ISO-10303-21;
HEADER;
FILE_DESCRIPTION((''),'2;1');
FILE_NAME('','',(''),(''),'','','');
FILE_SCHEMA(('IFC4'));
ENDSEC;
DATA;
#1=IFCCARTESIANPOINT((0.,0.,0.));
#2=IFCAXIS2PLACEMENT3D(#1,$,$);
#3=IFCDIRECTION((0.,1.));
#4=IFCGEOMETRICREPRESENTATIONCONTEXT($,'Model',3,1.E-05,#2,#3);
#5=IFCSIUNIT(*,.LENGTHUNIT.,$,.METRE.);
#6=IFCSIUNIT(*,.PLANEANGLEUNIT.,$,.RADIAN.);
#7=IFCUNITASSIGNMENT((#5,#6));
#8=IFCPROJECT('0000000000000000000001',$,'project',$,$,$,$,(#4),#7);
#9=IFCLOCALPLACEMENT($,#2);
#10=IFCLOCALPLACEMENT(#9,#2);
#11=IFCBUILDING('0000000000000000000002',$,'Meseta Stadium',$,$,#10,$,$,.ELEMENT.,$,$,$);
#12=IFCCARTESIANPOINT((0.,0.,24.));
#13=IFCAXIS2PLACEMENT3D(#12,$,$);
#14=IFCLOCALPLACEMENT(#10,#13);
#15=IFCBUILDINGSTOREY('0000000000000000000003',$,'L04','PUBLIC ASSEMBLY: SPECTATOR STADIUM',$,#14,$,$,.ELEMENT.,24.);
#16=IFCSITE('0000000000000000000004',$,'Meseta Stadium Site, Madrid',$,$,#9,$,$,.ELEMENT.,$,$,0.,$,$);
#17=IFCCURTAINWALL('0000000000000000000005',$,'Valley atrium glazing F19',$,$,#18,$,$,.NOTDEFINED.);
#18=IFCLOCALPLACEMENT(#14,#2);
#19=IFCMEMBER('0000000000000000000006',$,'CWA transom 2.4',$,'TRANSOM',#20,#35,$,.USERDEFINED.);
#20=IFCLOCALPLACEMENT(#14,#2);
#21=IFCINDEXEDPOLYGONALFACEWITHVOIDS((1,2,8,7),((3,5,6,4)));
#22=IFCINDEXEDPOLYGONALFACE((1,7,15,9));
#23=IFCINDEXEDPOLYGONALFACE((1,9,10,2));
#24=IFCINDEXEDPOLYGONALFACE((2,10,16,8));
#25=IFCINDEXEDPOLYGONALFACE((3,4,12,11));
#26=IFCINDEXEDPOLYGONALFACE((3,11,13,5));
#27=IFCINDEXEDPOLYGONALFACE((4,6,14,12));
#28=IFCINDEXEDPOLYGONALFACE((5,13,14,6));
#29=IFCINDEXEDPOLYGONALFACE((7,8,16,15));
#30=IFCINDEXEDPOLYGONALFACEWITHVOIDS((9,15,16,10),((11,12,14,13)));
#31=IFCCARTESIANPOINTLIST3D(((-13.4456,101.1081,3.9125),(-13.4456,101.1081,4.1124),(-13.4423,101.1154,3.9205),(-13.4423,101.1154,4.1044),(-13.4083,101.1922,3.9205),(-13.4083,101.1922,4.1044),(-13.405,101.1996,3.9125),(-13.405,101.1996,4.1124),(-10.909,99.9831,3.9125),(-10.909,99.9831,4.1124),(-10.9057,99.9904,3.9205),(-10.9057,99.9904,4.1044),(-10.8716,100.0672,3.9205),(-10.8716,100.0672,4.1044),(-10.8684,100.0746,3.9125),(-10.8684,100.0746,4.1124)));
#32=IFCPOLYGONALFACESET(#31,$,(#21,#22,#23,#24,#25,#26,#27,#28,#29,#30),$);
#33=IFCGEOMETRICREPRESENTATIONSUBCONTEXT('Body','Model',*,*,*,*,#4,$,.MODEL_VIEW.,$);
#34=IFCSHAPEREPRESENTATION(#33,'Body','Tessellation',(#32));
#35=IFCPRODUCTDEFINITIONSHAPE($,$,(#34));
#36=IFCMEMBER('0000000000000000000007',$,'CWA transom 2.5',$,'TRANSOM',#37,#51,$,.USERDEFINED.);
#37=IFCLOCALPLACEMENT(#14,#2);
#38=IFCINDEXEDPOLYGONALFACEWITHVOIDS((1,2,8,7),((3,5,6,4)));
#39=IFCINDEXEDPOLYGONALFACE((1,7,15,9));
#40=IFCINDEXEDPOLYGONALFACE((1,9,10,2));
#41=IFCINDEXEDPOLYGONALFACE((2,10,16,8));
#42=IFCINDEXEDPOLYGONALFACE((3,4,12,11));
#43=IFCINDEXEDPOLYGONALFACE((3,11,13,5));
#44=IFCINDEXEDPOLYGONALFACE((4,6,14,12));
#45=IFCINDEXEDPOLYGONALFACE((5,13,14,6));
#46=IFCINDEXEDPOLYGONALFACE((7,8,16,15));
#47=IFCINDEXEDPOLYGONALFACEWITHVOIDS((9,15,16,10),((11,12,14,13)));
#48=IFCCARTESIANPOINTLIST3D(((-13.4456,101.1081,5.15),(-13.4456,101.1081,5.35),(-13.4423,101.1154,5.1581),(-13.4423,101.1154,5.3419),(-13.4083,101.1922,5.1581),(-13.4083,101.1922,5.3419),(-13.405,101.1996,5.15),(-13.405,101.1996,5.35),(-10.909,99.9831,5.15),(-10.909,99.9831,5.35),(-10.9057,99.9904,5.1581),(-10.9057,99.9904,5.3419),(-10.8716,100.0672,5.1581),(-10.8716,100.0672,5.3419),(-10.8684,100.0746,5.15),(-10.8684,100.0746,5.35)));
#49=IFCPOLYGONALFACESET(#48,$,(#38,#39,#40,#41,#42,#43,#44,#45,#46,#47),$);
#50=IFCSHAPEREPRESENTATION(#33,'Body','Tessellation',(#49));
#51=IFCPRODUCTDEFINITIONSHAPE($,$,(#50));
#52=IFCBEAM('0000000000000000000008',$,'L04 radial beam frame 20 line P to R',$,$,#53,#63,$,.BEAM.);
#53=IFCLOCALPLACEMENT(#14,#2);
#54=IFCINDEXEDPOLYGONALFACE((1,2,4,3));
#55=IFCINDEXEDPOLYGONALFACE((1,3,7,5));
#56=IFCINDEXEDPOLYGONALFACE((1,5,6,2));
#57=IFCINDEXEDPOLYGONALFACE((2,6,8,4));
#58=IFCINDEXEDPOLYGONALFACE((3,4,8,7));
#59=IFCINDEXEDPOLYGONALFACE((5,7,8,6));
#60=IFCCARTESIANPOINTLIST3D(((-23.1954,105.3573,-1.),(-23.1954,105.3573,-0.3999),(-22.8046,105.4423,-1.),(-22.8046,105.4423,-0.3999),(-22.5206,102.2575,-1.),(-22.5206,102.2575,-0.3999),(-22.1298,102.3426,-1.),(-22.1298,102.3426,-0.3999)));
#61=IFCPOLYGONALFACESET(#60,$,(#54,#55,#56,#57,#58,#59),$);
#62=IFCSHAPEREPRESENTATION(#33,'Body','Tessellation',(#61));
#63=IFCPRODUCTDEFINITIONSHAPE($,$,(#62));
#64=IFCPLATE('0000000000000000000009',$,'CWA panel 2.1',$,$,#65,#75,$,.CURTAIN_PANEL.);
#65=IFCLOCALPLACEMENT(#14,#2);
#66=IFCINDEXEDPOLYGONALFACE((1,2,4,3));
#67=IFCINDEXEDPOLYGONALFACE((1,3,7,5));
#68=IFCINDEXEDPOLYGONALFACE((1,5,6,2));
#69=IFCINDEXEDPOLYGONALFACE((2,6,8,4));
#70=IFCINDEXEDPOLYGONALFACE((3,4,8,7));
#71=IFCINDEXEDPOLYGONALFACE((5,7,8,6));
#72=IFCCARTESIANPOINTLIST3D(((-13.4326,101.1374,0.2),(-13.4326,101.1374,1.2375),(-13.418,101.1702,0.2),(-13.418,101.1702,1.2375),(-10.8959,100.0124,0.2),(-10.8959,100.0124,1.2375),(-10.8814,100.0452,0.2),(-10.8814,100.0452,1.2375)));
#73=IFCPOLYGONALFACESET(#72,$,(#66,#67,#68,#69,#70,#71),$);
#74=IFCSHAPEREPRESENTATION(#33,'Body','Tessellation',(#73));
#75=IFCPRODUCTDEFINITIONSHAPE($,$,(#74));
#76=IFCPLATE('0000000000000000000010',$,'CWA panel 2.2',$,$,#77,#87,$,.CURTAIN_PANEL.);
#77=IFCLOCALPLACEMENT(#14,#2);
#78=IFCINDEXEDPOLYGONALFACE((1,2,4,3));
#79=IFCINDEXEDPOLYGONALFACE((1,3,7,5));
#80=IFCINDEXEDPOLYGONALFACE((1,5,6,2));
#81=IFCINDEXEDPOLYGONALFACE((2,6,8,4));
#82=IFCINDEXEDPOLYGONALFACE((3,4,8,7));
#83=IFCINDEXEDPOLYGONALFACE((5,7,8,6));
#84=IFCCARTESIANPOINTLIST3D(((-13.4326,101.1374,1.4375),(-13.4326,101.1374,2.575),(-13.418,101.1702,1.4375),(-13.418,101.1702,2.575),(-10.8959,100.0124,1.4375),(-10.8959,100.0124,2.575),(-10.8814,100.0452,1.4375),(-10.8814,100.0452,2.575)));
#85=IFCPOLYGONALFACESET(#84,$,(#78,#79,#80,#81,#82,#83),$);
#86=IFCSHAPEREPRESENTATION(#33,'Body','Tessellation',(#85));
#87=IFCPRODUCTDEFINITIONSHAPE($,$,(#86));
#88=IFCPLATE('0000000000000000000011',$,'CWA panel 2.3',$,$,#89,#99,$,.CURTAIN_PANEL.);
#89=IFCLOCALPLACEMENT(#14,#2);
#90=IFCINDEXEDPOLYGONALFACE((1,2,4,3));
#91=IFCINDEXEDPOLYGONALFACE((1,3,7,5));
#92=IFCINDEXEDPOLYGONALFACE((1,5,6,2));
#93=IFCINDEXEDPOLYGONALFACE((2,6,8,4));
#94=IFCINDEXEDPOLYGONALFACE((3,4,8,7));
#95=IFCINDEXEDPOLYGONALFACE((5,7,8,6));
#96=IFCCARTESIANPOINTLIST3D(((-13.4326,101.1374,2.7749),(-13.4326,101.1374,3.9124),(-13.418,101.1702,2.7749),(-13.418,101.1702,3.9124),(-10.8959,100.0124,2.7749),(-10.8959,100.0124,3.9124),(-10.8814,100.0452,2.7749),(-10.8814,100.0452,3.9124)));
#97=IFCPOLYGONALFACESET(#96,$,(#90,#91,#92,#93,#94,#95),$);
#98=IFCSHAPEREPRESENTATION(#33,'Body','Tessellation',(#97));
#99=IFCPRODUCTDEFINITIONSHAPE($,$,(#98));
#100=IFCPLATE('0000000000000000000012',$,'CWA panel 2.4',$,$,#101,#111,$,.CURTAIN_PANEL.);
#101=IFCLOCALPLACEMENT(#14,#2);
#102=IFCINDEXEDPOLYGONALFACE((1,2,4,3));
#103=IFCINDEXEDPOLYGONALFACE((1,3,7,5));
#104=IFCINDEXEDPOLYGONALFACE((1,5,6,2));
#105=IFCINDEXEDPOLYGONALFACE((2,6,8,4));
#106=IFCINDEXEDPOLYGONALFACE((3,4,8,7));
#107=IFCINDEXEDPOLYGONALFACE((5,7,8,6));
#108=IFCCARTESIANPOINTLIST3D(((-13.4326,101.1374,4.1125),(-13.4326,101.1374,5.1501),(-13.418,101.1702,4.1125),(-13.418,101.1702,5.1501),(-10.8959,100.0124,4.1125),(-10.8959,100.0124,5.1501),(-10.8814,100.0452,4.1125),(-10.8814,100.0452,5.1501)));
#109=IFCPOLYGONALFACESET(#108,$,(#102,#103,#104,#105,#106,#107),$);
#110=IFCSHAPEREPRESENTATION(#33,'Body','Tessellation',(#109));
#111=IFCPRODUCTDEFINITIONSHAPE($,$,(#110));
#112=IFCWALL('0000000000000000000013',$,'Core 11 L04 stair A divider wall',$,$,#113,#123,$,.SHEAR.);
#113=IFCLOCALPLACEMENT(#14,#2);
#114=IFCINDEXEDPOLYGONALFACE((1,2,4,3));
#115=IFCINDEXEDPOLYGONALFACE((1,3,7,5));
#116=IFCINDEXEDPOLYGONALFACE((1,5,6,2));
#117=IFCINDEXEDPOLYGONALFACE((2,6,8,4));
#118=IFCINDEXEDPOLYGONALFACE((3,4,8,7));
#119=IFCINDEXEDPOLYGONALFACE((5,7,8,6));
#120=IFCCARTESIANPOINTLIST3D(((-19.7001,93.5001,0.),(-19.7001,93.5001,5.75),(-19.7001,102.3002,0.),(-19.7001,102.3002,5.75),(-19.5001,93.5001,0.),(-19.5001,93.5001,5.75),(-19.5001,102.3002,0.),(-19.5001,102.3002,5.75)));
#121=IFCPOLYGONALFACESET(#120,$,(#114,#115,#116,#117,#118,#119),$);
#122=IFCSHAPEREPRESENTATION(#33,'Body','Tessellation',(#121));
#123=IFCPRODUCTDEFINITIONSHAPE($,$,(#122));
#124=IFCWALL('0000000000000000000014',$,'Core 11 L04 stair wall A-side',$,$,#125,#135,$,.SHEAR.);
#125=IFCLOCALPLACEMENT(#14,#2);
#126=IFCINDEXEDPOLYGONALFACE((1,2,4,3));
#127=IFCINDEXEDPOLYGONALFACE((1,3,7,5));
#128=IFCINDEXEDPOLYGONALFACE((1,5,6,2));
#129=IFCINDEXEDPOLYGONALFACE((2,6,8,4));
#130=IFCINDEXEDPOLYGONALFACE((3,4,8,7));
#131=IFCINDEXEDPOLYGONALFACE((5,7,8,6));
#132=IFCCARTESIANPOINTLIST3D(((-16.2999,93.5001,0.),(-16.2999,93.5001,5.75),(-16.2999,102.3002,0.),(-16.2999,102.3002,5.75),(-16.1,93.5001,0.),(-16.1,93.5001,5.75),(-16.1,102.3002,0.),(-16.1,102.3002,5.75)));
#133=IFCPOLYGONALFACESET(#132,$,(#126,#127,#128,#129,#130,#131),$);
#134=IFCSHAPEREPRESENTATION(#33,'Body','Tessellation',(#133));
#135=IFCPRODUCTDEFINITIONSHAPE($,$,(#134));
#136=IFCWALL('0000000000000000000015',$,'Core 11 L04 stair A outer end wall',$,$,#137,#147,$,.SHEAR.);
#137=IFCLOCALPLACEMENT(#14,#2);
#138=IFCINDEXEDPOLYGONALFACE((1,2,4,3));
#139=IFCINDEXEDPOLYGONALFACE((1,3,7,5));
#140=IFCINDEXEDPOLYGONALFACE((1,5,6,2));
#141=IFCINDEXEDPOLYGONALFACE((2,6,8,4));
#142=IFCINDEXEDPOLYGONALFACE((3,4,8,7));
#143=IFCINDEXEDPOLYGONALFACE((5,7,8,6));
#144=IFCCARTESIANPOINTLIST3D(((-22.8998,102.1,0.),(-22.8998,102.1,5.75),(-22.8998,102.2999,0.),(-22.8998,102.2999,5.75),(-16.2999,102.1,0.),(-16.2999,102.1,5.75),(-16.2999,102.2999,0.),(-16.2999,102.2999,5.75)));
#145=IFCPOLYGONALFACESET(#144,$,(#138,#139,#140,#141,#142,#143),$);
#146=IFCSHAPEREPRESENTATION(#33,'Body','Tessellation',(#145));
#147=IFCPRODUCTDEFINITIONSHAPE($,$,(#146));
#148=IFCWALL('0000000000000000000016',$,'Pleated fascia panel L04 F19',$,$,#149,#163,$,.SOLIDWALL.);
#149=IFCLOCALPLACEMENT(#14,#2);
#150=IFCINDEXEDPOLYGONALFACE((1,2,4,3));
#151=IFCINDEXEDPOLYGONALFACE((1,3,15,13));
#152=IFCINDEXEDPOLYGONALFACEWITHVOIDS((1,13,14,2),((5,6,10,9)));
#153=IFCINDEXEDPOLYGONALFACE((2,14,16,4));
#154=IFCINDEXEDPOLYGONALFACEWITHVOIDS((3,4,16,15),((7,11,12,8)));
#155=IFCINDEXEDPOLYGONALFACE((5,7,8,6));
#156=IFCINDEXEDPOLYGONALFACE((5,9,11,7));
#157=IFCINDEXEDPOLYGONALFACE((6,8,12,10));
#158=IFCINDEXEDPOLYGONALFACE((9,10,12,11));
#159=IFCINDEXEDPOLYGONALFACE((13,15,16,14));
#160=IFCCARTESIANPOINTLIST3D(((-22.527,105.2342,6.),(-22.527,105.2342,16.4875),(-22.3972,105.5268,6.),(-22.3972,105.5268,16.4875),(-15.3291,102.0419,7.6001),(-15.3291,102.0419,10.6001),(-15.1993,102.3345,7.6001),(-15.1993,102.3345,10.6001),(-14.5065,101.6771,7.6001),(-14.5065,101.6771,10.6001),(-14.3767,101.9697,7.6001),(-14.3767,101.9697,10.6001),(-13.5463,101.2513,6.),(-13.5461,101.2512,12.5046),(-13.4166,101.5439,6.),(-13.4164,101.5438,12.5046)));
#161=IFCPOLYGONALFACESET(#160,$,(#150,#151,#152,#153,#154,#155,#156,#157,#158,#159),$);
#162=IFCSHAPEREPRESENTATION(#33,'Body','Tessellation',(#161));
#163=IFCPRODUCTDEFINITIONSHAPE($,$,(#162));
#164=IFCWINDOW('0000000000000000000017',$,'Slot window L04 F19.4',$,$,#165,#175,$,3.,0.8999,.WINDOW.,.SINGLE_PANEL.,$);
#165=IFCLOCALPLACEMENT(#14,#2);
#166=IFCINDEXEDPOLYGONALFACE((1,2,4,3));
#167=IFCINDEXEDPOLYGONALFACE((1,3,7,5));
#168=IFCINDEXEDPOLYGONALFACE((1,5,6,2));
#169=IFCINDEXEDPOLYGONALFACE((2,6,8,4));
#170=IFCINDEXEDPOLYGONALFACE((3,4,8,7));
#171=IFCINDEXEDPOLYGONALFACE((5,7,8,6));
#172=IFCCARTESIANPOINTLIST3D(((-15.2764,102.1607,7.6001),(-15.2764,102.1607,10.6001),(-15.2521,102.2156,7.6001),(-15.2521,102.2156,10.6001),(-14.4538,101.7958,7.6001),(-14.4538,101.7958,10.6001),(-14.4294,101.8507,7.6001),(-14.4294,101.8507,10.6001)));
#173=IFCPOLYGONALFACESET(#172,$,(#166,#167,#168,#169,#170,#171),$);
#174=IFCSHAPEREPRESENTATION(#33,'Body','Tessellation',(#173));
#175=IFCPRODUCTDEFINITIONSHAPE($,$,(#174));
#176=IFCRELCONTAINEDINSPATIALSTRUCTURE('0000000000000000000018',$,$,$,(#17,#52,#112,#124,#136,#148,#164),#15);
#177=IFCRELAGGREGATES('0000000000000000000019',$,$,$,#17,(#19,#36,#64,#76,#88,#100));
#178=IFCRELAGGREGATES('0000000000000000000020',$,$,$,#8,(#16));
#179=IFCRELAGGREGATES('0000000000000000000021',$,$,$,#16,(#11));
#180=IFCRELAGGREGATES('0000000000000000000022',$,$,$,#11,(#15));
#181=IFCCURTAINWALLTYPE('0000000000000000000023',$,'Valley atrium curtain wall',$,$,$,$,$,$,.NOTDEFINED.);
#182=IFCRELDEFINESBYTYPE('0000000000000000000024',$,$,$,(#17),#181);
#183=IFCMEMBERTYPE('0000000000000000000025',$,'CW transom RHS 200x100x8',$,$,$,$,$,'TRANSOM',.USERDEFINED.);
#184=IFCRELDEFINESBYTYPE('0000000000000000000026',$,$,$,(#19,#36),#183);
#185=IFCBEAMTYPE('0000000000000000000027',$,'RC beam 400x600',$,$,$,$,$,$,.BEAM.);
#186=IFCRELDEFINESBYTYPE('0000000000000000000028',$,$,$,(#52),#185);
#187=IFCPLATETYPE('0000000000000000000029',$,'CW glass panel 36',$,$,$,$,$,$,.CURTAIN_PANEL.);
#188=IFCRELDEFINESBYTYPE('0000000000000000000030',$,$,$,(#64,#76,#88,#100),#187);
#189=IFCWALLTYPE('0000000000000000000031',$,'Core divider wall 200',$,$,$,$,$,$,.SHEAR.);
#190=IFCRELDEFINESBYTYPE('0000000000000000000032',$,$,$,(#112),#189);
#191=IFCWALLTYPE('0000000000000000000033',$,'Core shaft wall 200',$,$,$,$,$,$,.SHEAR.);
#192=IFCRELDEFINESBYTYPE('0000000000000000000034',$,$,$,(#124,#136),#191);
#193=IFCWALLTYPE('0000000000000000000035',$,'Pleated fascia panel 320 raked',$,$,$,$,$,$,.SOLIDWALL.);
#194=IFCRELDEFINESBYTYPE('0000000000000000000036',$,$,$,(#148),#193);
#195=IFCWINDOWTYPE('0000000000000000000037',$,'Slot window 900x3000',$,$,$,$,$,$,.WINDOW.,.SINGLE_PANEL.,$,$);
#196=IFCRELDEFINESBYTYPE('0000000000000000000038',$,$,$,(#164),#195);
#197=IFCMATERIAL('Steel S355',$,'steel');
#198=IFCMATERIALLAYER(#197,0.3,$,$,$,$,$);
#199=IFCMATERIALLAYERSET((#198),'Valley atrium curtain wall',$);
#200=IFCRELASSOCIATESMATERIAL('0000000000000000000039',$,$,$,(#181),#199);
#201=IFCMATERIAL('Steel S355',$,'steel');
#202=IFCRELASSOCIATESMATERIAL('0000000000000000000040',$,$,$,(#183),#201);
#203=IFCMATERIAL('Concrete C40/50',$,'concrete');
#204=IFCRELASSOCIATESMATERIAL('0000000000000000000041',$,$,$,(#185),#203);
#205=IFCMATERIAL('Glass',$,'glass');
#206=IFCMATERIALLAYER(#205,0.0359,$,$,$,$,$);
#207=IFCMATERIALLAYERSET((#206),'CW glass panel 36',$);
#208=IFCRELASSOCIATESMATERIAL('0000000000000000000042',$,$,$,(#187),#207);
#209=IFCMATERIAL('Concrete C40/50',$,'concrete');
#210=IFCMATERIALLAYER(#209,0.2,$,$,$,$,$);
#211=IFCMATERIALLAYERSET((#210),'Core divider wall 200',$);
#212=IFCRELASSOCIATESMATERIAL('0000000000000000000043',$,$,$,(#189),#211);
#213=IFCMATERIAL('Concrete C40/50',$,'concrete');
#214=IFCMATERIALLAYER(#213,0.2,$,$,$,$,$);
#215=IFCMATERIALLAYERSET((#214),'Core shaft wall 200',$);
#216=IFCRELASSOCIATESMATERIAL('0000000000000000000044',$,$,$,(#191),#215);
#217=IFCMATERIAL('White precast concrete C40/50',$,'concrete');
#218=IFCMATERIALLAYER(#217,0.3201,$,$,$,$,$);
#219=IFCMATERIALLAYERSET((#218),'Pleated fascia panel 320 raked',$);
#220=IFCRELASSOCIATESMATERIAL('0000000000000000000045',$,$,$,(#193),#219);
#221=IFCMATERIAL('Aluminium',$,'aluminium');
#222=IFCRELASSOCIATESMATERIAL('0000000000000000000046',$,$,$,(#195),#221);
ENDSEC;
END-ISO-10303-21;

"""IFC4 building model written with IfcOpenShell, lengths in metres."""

from ifc_helpers import new_model, si_unit, direction, frame, frame_2d, origin, origin_2d, place, context, subcontext, project, spatial, polyline, rectangle, hollow_rectangle, outline, extrude, material, layer, layer_set, material_profile, profile_set, type_object, element, fill, aggregate, save


model = new_model("IFC4")

# Units and contexts
model_context = context("Model", 3, precision=1e-05, world=origin(), true_north=direction((0.0, 1.0)))
body_context = subcontext(model_context, "Body", "Model", "MODEL_VIEW")
ifc_project = project(units=[si_unit("LENGTHUNIT", "METRE"), si_unit("PLANEANGLEUNIT", "RADIAN")], contexts=[model_context])

# Site, building, storey
site_placement = place(None, origin())
site = spatial("IfcSite", under=ifc_project, at=site_placement, Name="Meseta Stadium Site, Madrid", CompositionType="ELEMENT", RefElevation=0.0)
building_placement = place(site_placement, origin())
building = spatial("IfcBuilding", under=site, at=building_placement, Name="Meseta Stadium", CompositionType="ELEMENT")
storey_placement = place(building_placement, frame((0.0, 0.0, 24.0)))
storey = spatial("IfcBuildingStorey", under=building, at=storey_placement, Name="L04", Description="PUBLIC ASSEMBLY: SPECTATOR STADIUM", CompositionType="ELEMENT", Elevation=24.0)

# Curtain wall
ifc_material_1 = material(Name="Steel S355", Category="steel")
ifc_layer_1 = layer(ifc_material_1, 0.3)
ifc_layer_set_1 = layer_set([ifc_layer_1], Name="Valley atrium curtain wall")
curtain_wall_type_1 = type_object("IfcCurtainWallType", Name="Valley atrium curtain wall", PredefinedType="NOTDEFINED", material=ifc_layer_set_1)
curtain_wall_1_placement = place(storey_placement, origin())
curtain_wall_1 = element("IfcCurtainWall", 1, at=curtain_wall_1_placement, inside=storey, type_object=curtain_wall_type_1, Name="Valley atrium glazing F19", PredefinedType="NOTDEFINED")

# Members
ifc_material_2 = material(Name="Steel S355", Category="steel")
ifc_material_profile_1 = material_profile(ifc_material_2, hollow_rectangle(XDim=0.1001, YDim=0.2, WallThickness=0.0081, at=origin_2d()), Name="RHS 200x100x8")
ifc_profile_set_1 = profile_set([ifc_material_profile_1], Name="Steel S355")
member_type_1 = type_object("IfcMemberType", Name="CW transom RHS 200x100x8", ElementType="TRANSOM", PredefinedType="USERDEFINED", material=ifc_profile_set_1)
member_1_placement = place(storey_placement, frame((-10.8887, 100.0288, 4.0125), z_axis=(-0.914131, 0.40542, 0.0), x_axis=(-0.40542, -0.914131, 0.0)))
member_1 = element("IfcMember", 2, at=member_1_placement, type_object=member_type_1, Name="CWA transom 2.4", ObjectType="TRANSOM", PredefinedType="USERDEFINED", context=body_context, shape_type="SweptSolid", body=[
    extrude(hollow_rectangle(XDim=0.1001, YDim=0.2, WallThickness=0.0081, at=origin_2d()), origin(), (0.0, 0.0, 1.0), 2.7749),
])
member_2_placement = place(storey_placement, frame((-10.8887, 100.0288, 5.25), z_axis=(-0.914131, 0.40542, 0.0), x_axis=(-0.40542, -0.914131, 0.0)))
member_2 = element("IfcMember", 3, at=member_2_placement, type_object=member_type_1, Name="CWA transom 2.5", ObjectType="TRANSOM", PredefinedType="USERDEFINED", context=body_context, shape_type="SweptSolid", body=[
    extrude(hollow_rectangle(XDim=0.1001, YDim=0.2, WallThickness=0.0081, at=origin_2d()), origin(), (0.0, 0.0, 1.0), 2.7749),
])

# Beam
ifc_material_3 = material(Name="Concrete C40/50", Category="concrete")
ifc_material_profile_2 = material_profile(ifc_material_3, rectangle(XDim=0.3999, YDim=0.6001, at=origin_2d()), Name="RC 400x600")
ifc_profile_set_2 = profile_set([ifc_material_profile_2], Name="Concrete C40/50")
beam_type = type_object("IfcBeamType", Name="RC beam 400x600", PredefinedType="BEAM", material=ifc_profile_set_2)
beam_placement = place(storey_placement, frame((-22.3252, 102.3, -0.7), z_axis=(-0.212708, 0.977116, 0.0), x_axis=(-0.977116, -0.212708, 0.0)))
element("IfcBeam", 4, at=beam_placement, inside=storey, type_object=beam_type, Name="L04 radial beam frame 20 line P to R", PredefinedType="BEAM", context=body_context, shape_type="SweptSolid", body=[
    extrude(rectangle(XDim=0.3999, YDim=0.6001, at=origin_2d()), origin(), (0.0, 0.0, 1.0), 3.1724),
])

# Plates
ifc_material_4 = material(Name="Glass", Category="glass")
ifc_layer_2 = layer(ifc_material_4, 0.0359)
ifc_layer_set_2 = layer_set([ifc_layer_2], Name="CW glass panel 36")
plate_type = type_object("IfcPlateType", Name="CW glass panel 36", PredefinedType="CURTAIN_PANEL", material=ifc_layer_set_2)
plate_1_placement = place(storey_placement, frame((-12.157, 100.5913, 0.2), z_axis=(0.0, 0.0, 1.0), x_axis=(-0.914139, 0.405401, 0.0)))
plate_1 = element("IfcPlate", 5, at=plate_1_placement, type_object=plate_type, Name="CWA panel 2.1", PredefinedType="CURTAIN_PANEL", context=body_context, shape_type="SweptSolid", body=[
    extrude(rectangle(XDim=2.7749, YDim=0.0359, at=origin_2d()), origin(), (0.0, 0.0, 1.0), 1.0376),
])
plate_2_placement = place(storey_placement, frame((-12.157, 100.5913, 1.4375), z_axis=(0.0, 0.0, 1.0), x_axis=(-0.914139, 0.405401, 0.0)))
plate_2 = element("IfcPlate", 6, at=plate_2_placement, type_object=plate_type, Name="CWA panel 2.2", PredefinedType="CURTAIN_PANEL", context=body_context, shape_type="SweptSolid", body=[
    extrude(rectangle(XDim=2.7749, YDim=0.0359, at=origin_2d()), origin(), (0.0, 0.0, 1.0), 1.1375),
])
plate_3_placement = place(storey_placement, frame((-12.157, 100.5913, 2.7749), z_axis=(0.0, 0.0, 1.0), x_axis=(-0.914139, 0.405401, 0.0)))
plate_3 = element("IfcPlate", 7, at=plate_3_placement, type_object=plate_type, Name="CWA panel 2.3", PredefinedType="CURTAIN_PANEL", context=body_context, shape_type="SweptSolid", body=[
    extrude(rectangle(XDim=2.7749, YDim=0.0359, at=origin_2d()), origin(), (0.0, 0.0, 1.0), 1.1375),
])
plate_4_placement = place(storey_placement, frame((-12.157, 100.5913, 4.1125), z_axis=(0.0, 0.0, 1.0), x_axis=(-0.914139, 0.405401, 0.0)))
plate_4 = element("IfcPlate", 8, at=plate_4_placement, type_object=plate_type, Name="CWA panel 2.4", PredefinedType="CURTAIN_PANEL", context=body_context, shape_type="SweptSolid", body=[
    extrude(rectangle(XDim=2.7749, YDim=0.0359, at=origin_2d()), origin(), (0.0, 0.0, 1.0), 1.0376),
])
aggregate(curtain_wall_1, [member_1, member_2, plate_1, plate_2, plate_3, plate_4])

# Walls
ifc_material_5 = material(Name="Concrete C40/50", Category="concrete")
ifc_layer_3 = layer(ifc_material_5, 0.2)
ifc_layer_set_3 = layer_set([ifc_layer_3], Name="Core divider wall 200")
wall_type_1 = type_object("IfcWallType", Name="Core divider wall 200", PredefinedType="SHEAR", material=ifc_layer_set_3)
wall_1_placement = place(storey_placement, frame((-19.6001, 102.3, 0.0), z_axis=(0.0, 0.0, 1.0), x_axis=(0.0, -1.0, 0.0)))
element("IfcWall", 9, at=wall_1_placement, inside=storey, type_object=wall_type_1, Name="Core 11 L04 stair A divider wall", PredefinedType="SHEAR", context=body_context, shape_type="SweptSolid", body=[
    extrude(rectangle(XDim=8.8, YDim=0.2, at=frame_2d((4.3999, 0.0))), origin(), (0.0, 0.0, 1.0), 5.75),
])
ifc_material_6 = material(Name="Concrete C40/50", Category="concrete")
ifc_layer_4 = layer(ifc_material_6, 0.2)
ifc_layer_set_4 = layer_set([ifc_layer_4], Name="Core shaft wall 200")
wall_type_2 = type_object("IfcWallType", Name="Core shaft wall 200", PredefinedType="SHEAR", material=ifc_layer_set_4)
wall_2_placement = place(storey_placement, frame((-16.2, 102.3, 0.0), z_axis=(0.0, 0.0, 1.0), x_axis=(0.0, -1.0, 0.0)))
element("IfcWall", 10, at=wall_2_placement, inside=storey, type_object=wall_type_2, Name="Core 11 L04 stair wall A-side", PredefinedType="SHEAR", context=body_context, shape_type="SweptSolid", body=[
    extrude(rectangle(XDim=8.8, YDim=0.2, at=frame_2d((4.3999, 0.0))), origin(), (0.0, 0.0, 1.0), 5.75),
])
wall_3_placement = place(storey_placement, frame((-16.3, 102.2, 0.0), z_axis=(0.0, 0.0, 1.0), x_axis=(-1.0, 0.0, 0.0)))
element("IfcWall", 11, at=wall_3_placement, inside=storey, type_object=wall_type_2, Name="Core 11 L04 stair A outer end wall", PredefinedType="SHEAR", context=body_context, shape_type="SweptSolid", body=[
    extrude(rectangle(XDim=6.5999, YDim=0.2, at=frame_2d((3.2998, 0.0))), origin(), (0.0, 0.0, 1.0), 5.75),
])

# Wall, opening, window
ifc_material_7 = material(Name="White precast concrete C40/50", Category="concrete")
ifc_layer_5 = layer(ifc_material_7, 0.3201)
ifc_layer_set_5 = layer_set([ifc_layer_5], Name="Pleated fascia panel 320 raked")
wall_type_3 = type_object("IfcWallType", Name="Pleated fascia panel 320 raked", PredefinedType="SOLIDWALL", material=ifc_layer_set_5)
wall_4_placement = place(storey_placement, frame((-22.4622, 105.3804, 6.0), z_axis=(0.0, 0.0, 1.0), x_axis=(0.914133, -0.405414, 0.0)))
wall_4 = element("IfcWall", 12, at=wall_4_placement, inside=storey, type_object=wall_type_3, Name="Pleated fascia panel L04 F19", PredefinedType="SOLIDWALL", context=body_context, shape_type="SweptSolid", body=[
    extrude(outline(polyline([(0.0, 0.0), (9.8242, 0.0), (9.8245, 6.5046), (0.0, 10.4875), (0.0, 0.0)])), frame((0.0, 0.1602, 0.0), z_axis=(0.0, -1.0, 0.0), x_axis=(1.0, 0.0, 0.0)), (0.0, 0.0, 1.0), 0.3201),
])
opening_placement = place(wall_4_placement, frame((7.874, 0.0, 1.6001)))
opening = element("IfcOpeningElement", 13, at=opening_placement, cuts=wall_4, PredefinedType="OPENING", context=body_context, shape_type="SweptSolid", body=[
    extrude(rectangle(XDim=0.8999, YDim=3.0, at=frame_2d((0.45, 1.5))), frame((0.0, 0.1699, 0.0), z_axis=(0.0, -1.0, 0.0), x_axis=(1.0, 0.0, 0.0)), (0.0, 0.0, 1.0), 0.3401),
])
ifc_material_8 = material(Name="Aluminium", Category="aluminium")
window_type = type_object("IfcWindowType", Name="Slot window 900x3000", PartitioningType="SINGLE_PANEL", PredefinedType="WINDOW", material=ifc_material_8)
window_placement = place(opening_placement, origin())
window = element("IfcWindow", 14, at=window_placement, inside=storey, type_object=window_type, Name="Slot window L04 F19.4", OverallHeight=3.0, OverallWidth=0.8999, PartitioningType="SINGLE_PANEL", PredefinedType="WINDOW", context=body_context, shape_type="SweptSolid", body=[
    extrude(rectangle(XDim=0.8999, YDim=3.0, at=frame_2d((0.45, 1.5))), frame((0.0, 0.03, 0.0), z_axis=(0.0, -1.0, 0.0), x_axis=(1.0, 0.0, 0.0)), (0.0, 0.0, 1.0), 0.0601),
])
fill(opening, window)

save(model, "model.ifc")
